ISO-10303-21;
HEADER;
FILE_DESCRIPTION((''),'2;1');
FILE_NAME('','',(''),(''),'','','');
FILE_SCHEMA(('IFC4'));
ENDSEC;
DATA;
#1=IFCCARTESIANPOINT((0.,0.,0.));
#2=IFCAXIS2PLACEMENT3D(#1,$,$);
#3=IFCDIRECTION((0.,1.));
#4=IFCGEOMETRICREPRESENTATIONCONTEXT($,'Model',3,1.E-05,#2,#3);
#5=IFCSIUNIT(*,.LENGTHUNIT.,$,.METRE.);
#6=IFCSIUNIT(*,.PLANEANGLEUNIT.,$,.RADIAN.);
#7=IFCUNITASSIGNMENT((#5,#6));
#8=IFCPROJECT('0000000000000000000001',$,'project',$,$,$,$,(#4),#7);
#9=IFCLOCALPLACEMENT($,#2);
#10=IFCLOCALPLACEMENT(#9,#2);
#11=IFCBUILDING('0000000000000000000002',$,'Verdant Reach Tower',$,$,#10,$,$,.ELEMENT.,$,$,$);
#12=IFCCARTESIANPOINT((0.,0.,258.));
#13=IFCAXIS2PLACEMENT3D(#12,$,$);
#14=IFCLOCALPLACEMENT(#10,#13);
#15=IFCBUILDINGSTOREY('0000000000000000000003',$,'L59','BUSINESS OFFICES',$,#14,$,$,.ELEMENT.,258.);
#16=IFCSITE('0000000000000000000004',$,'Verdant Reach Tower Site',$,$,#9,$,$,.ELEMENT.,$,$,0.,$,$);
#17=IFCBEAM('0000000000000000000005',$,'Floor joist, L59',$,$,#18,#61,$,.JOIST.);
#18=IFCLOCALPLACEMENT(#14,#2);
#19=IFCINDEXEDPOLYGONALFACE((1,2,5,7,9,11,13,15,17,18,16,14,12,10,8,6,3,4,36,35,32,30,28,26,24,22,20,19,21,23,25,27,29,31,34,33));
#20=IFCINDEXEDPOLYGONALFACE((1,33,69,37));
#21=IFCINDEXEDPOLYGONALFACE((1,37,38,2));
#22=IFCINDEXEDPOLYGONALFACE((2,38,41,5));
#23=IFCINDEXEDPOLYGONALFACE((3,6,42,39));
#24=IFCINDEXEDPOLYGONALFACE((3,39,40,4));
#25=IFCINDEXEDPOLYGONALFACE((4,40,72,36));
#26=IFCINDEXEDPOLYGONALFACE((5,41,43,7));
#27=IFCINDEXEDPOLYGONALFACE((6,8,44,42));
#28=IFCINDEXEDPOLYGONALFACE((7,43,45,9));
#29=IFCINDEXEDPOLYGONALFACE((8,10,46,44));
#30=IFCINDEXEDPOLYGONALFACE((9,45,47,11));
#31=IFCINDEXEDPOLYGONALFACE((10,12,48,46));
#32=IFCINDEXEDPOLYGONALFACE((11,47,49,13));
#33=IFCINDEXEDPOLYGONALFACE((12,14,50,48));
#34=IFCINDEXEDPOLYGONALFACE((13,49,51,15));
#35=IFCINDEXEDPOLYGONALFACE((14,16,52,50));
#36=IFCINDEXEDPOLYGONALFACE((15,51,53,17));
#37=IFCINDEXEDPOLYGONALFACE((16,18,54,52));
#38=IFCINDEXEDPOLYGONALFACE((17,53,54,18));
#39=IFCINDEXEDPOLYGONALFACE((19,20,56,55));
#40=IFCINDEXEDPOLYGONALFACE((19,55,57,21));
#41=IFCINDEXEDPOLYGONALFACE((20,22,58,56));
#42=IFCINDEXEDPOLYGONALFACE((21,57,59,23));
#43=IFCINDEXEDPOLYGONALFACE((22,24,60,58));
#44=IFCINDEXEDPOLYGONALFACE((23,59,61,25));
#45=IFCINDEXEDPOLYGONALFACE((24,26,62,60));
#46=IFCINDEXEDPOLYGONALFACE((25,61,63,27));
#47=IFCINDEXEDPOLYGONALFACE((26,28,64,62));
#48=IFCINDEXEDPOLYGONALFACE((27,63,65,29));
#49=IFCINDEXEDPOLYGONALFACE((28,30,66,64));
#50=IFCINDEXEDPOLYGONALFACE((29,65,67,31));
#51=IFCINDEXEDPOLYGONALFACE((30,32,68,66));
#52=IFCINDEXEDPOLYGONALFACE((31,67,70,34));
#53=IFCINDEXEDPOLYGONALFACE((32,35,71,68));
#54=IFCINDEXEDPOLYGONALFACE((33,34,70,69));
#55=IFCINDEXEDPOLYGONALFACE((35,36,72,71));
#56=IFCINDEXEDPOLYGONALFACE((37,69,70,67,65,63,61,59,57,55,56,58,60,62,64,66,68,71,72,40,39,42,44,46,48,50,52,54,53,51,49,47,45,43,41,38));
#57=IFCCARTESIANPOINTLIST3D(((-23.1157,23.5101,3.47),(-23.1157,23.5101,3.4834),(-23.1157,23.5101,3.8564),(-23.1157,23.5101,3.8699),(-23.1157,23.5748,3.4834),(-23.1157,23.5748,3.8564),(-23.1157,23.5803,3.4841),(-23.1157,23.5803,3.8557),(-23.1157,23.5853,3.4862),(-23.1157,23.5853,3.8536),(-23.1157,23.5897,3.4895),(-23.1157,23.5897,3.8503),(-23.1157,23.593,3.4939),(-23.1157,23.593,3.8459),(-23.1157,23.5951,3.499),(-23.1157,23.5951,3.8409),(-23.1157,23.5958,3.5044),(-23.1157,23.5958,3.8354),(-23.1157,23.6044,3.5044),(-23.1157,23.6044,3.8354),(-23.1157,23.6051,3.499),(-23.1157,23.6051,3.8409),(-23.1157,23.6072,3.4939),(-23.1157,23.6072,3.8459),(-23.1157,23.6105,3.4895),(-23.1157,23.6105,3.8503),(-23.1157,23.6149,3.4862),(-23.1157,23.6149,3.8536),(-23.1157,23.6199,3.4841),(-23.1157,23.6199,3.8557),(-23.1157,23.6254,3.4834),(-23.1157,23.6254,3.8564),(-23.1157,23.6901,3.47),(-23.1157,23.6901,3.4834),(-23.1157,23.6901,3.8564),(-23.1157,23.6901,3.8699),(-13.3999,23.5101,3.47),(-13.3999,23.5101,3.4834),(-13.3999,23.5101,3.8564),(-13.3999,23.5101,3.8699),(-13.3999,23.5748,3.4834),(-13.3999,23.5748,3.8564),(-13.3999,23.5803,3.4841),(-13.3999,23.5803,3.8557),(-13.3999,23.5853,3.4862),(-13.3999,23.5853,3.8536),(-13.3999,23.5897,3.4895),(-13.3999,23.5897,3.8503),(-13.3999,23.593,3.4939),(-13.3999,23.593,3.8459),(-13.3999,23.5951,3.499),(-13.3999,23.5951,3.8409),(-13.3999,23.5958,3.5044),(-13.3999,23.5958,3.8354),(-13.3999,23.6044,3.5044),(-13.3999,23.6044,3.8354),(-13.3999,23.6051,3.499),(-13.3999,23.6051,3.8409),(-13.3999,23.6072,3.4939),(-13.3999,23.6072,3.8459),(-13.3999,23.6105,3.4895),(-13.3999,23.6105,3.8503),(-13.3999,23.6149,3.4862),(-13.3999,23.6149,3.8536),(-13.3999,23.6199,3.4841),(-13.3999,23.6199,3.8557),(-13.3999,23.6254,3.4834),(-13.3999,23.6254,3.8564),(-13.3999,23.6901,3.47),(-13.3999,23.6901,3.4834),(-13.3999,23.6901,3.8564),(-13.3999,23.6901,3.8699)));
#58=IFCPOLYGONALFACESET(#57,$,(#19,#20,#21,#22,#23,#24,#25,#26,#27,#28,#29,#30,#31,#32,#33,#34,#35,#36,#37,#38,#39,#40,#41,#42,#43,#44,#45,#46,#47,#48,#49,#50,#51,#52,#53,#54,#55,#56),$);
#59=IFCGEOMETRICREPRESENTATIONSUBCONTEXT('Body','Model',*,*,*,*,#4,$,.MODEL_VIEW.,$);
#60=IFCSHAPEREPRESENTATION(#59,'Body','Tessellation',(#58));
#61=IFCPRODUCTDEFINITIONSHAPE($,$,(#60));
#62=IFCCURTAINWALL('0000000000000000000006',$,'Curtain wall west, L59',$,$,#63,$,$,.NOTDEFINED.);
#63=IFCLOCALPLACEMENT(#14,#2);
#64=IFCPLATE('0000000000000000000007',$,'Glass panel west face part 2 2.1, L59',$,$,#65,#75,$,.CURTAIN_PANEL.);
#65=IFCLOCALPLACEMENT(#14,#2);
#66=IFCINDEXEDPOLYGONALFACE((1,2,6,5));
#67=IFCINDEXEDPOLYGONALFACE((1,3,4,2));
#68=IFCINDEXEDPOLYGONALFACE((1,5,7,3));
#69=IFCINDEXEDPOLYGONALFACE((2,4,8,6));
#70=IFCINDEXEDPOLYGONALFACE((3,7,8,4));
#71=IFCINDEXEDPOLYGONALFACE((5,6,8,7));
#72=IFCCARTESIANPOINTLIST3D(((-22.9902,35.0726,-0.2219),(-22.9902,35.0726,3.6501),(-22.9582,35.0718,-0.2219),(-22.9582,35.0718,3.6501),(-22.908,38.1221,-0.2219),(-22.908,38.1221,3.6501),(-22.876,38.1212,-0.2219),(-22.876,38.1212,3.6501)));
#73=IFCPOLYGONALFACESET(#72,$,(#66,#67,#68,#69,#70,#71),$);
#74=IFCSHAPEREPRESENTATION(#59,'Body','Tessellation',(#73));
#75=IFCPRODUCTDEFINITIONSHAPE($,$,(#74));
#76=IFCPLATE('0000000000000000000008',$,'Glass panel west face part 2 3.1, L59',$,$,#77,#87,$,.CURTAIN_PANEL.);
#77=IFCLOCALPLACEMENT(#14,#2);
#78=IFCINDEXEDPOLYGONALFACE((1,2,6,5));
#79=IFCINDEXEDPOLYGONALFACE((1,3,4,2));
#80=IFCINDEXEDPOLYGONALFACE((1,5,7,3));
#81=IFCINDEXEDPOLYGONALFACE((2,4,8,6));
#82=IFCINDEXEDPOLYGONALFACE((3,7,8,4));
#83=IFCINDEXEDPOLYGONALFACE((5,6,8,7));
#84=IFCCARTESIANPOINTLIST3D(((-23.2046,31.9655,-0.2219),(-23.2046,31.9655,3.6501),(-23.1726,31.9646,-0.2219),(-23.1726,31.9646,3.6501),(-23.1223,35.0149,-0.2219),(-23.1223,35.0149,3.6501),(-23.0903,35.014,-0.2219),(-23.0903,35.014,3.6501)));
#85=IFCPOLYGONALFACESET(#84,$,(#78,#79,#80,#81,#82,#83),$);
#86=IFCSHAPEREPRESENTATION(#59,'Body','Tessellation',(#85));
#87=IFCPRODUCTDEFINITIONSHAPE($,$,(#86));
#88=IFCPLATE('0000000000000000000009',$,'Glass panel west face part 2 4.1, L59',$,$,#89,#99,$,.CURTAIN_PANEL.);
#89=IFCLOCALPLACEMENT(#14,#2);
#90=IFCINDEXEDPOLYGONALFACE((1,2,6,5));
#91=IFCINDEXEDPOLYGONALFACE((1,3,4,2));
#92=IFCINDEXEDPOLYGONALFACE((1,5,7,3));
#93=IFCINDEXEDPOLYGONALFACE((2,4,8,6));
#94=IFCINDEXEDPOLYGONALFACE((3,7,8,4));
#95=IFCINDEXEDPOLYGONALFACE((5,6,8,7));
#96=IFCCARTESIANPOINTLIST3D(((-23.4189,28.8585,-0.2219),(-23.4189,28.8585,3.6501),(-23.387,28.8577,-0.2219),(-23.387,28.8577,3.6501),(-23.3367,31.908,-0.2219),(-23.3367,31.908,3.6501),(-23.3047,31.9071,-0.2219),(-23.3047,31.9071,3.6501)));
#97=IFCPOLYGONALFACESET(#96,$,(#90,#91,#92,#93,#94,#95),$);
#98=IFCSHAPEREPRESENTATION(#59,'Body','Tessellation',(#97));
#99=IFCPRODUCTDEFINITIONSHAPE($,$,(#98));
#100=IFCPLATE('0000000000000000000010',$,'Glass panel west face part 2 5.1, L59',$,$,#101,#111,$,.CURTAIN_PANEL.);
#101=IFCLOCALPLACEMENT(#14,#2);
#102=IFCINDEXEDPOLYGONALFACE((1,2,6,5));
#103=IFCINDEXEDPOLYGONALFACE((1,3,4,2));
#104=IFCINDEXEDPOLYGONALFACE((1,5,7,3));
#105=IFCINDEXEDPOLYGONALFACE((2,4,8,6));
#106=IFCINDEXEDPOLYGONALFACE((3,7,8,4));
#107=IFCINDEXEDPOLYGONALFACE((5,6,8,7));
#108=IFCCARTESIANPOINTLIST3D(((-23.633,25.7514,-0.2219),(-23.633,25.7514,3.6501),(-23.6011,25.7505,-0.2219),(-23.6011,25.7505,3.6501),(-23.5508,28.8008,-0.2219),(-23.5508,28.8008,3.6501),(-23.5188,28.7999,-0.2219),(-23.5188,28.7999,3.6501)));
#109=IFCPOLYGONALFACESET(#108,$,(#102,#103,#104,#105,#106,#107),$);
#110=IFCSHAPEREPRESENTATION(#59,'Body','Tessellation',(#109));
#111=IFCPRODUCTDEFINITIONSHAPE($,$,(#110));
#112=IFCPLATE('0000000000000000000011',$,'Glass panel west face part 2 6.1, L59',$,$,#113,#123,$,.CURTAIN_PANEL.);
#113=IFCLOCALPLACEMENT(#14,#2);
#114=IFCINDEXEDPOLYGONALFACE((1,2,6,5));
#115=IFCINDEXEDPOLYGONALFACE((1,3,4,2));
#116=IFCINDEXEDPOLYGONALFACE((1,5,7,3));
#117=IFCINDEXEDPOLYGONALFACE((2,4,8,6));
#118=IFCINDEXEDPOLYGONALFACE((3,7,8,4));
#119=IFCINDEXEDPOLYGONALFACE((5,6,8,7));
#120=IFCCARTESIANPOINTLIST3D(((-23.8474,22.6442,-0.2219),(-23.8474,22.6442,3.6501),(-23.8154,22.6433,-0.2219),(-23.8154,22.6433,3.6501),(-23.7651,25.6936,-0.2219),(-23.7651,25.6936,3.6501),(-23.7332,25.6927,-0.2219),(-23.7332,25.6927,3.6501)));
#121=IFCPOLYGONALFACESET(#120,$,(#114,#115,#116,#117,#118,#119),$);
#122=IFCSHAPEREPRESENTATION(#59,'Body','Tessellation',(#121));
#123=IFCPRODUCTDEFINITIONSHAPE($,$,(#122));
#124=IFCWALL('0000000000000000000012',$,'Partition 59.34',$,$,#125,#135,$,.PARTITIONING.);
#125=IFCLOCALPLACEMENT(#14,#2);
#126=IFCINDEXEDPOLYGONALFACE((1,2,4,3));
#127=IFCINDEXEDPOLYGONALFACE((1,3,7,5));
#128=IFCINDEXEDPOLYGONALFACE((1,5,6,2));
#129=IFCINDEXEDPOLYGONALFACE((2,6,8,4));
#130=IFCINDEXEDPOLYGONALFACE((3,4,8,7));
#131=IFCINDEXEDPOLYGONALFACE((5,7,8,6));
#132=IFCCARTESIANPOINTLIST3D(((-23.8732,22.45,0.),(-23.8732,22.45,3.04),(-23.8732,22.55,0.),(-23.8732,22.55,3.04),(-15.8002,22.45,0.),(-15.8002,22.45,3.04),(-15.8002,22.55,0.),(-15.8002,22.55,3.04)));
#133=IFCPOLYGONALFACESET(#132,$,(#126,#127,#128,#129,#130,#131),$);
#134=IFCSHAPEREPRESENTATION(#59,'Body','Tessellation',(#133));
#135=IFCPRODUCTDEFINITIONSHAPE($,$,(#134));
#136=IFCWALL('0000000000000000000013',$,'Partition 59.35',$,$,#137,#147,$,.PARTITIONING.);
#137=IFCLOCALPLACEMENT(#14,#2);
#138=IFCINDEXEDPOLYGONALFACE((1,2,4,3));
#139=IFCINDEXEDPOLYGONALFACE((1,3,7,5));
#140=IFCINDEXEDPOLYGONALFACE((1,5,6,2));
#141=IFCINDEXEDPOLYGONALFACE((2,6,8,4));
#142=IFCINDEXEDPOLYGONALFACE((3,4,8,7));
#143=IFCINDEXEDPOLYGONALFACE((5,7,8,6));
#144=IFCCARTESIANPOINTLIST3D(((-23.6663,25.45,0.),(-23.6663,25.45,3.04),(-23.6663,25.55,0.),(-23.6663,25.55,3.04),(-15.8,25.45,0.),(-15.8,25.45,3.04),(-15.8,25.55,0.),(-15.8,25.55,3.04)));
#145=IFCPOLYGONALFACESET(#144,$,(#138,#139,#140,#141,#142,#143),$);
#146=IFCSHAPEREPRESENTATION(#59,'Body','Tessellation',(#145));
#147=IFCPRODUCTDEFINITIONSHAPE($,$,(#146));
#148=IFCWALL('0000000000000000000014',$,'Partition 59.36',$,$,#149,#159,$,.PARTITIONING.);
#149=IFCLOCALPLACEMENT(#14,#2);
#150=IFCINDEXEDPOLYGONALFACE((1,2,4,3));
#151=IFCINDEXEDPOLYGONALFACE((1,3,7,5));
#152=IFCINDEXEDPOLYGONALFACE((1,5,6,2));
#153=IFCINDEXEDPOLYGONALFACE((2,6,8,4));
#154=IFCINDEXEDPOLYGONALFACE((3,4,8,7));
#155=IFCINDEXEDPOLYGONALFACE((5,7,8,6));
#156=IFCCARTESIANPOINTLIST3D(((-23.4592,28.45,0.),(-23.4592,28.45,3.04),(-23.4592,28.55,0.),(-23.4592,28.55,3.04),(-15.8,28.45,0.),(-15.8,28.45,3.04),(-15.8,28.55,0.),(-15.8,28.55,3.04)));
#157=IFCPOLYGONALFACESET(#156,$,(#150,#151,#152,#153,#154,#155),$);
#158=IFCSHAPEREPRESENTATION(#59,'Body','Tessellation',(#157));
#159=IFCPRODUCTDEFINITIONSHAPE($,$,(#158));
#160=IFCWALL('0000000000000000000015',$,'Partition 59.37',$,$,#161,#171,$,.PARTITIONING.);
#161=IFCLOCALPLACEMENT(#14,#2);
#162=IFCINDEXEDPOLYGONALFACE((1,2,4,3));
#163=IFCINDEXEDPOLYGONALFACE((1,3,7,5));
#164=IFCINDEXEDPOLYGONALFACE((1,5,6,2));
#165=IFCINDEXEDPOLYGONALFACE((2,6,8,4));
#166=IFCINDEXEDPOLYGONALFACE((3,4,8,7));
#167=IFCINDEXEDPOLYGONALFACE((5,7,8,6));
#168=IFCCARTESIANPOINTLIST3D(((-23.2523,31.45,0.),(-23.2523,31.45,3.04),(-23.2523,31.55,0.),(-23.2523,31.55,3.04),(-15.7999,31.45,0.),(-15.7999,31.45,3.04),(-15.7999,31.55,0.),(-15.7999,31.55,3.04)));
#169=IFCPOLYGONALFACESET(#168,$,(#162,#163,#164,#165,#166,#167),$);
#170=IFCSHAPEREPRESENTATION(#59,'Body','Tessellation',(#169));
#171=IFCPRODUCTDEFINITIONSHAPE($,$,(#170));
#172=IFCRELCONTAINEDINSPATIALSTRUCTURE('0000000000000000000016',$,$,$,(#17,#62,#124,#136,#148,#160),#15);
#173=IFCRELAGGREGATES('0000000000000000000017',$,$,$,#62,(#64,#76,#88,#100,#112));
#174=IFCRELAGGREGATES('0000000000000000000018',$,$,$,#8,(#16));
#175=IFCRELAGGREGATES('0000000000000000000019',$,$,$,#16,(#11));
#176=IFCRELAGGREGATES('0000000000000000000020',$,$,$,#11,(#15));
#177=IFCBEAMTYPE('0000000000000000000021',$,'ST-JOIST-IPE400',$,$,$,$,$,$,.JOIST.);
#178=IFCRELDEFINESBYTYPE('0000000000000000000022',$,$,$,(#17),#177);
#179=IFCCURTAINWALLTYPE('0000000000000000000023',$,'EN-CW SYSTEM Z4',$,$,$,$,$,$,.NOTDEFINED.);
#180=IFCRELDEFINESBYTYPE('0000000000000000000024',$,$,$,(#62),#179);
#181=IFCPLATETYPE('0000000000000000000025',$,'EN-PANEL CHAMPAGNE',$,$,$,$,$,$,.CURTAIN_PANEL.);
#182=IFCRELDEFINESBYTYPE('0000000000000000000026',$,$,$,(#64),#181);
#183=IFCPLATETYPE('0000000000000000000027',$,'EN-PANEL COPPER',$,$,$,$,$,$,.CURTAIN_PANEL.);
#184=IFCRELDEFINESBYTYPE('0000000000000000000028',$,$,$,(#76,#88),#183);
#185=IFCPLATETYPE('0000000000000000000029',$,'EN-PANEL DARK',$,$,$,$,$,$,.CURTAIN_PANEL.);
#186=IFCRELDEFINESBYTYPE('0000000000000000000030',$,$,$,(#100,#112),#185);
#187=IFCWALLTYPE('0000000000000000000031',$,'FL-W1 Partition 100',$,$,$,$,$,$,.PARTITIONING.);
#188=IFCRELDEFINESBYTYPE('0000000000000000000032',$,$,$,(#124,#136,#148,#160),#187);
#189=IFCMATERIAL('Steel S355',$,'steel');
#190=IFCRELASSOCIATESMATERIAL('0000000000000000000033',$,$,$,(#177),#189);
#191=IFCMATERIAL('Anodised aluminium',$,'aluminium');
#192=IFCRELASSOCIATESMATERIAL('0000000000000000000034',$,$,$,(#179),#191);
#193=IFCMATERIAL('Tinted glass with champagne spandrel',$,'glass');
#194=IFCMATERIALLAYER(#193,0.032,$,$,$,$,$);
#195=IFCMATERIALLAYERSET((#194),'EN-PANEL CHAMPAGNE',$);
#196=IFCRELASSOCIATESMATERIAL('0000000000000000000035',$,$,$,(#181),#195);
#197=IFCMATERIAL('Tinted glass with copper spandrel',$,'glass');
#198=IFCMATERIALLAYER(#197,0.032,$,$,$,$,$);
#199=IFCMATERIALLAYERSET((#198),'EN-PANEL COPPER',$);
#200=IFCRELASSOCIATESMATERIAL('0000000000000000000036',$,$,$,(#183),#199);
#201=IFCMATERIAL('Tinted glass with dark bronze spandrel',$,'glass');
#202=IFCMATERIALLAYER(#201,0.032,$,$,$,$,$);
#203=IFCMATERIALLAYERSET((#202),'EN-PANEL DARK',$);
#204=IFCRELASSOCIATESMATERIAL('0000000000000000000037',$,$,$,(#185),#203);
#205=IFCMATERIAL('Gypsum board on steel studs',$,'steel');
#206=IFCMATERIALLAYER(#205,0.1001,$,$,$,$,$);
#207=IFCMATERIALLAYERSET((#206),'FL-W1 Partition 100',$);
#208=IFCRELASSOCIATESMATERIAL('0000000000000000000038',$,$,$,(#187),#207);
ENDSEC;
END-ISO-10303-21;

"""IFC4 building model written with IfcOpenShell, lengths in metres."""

from ifc_helpers import new_model, si_unit, direction, frame, frame_2d, origin, origin_2d, place, context, subcontext, project, spatial, rectangle, i_section, extrude, material, layer, layer_set, material_profile, profile_set, type_object, element, aggregate, save


model = new_model("IFC4")

# Units and contexts
model_context = context("Model", 3, precision=1e-05, world=origin(), true_north=direction((0.0, 1.0)))
body_context = subcontext(model_context, "Body", "Model", "MODEL_VIEW")
ifc_project = project(units=[si_unit("LENGTHUNIT", "METRE"), si_unit("PLANEANGLEUNIT", "RADIAN")], contexts=[model_context])

# Site, building, storey
site_placement = place(None, origin())
site = spatial("IfcSite", under=ifc_project, at=site_placement, Name="Verdant Reach Tower Site", CompositionType="ELEMENT", RefElevation=0.0)
building_placement = place(site_placement, origin())
building = spatial("IfcBuilding", under=site, at=building_placement, Name="Verdant Reach Tower", CompositionType="ELEMENT")
storey_placement = place(building_placement, frame((0.0, 0.0, 258.0)))
storey = spatial("IfcBuildingStorey", under=building, at=storey_placement, Name="L59", Description="BUSINESS OFFICES", CompositionType="ELEMENT", Elevation=258.0)

# Beam
ifc_material_1 = material(Name="Steel S355", Category="steel")
ifc_material_profile_1 = material_profile(ifc_material_1, i_section(OverallWidth=0.1799, OverallDepth=0.3999, WebThickness=0.0085, FlangeThickness=0.0134, FilletRadius=0.021, at=origin_2d()), Name="IPE 400")
ifc_profile_set_1 = profile_set([ifc_material_profile_1], Name="Steel S355")
beam_type_1 = type_object("IfcBeamType", Name="ST-JOIST-IPE400", PredefinedType="JOIST", material=ifc_profile_set_1)
beam_1_placement = place(storey_placement, frame((-13.3999, 23.6001, 3.6699), z_axis=(-1.0, 0.0, 0.0), x_axis=(0.0, -1.0, 0.0)))
element("IfcBeam", 1, at=beam_1_placement, inside=storey, type_object=beam_type_1, Name="Floor joist, L59", PredefinedType="JOIST", context=body_context, shape_type="SweptSolid", body=[
    extrude(i_section(OverallWidth=0.1799, OverallDepth=0.3999, WebThickness=0.0085, FlangeThickness=0.0134, FilletRadius=0.021, at=origin_2d()), origin(), (0.0, 0.0, 1.0), 9.7158),
])

# Curtain wall, plates
ifc_material_2 = material(Name="Anodised aluminium", Category="aluminium")
curtain_wall_type = type_object("IfcCurtainWallType", Name="EN-CW SYSTEM Z4", PredefinedType="NOTDEFINED", material=ifc_material_2)
curtain_wall_placement = place(storey_placement, origin())
curtain_wall = element("IfcCurtainWall", 2, at=curtain_wall_placement, inside=storey, type_object=curtain_wall_type, Name="Curtain wall west, L59", PredefinedType="NOTDEFINED")
ifc_material_3 = material(Name="Tinted glass with champagne spandrel", Category="glass")
ifc_layer_1 = layer(ifc_material_3, 0.032)
ifc_layer_set_1 = layer_set([ifc_layer_1], Name="EN-PANEL CHAMPAGNE")
plate_type_1 = type_object("IfcPlateType", Name="EN-PANEL CHAMPAGNE", PredefinedType="CURTAIN_PANEL", material=ifc_layer_set_1)
plate_1_placement = place(storey_placement, frame((-22.9331, 36.5969, -0.2219), z_axis=(0.0, 0.0, 1.0), x_axis=(-0.026965, -0.999636, 0.0)))
plate_1 = element("IfcPlate", 3, at=plate_1_placement, type_object=plate_type_1, Name="Glass panel west face part 2 2.1, L59", PredefinedType="CURTAIN_PANEL", context=body_context, shape_type="SweptSolid", body=[
    extrude(rectangle(XDim=3.0505, YDim=0.032, at=origin_2d()), origin(), (0.0, 0.0, 1.0), 3.8721),
])
ifc_material_4 = material(Name="Tinted glass with copper spandrel", Category="glass")
ifc_layer_2 = layer(ifc_material_4, 0.032)
ifc_layer_set_2 = layer_set([ifc_layer_2], Name="EN-PANEL COPPER")
plate_type_2 = type_object("IfcPlateType", Name="EN-PANEL COPPER", PredefinedType="CURTAIN_PANEL", material=ifc_layer_set_2)
plate_2_placement = place(storey_placement, frame((-23.1475, 33.4897, -0.2219), z_axis=(0.0, 0.0, 1.0), x_axis=(-0.026965, -0.999636, 0.0)))
plate_2 = element("IfcPlate", 4, at=plate_2_placement, type_object=plate_type_2, Name="Glass panel west face part 2 3.1, L59", PredefinedType="CURTAIN_PANEL", context=body_context, shape_type="SweptSolid", body=[
    extrude(rectangle(XDim=3.0505, YDim=0.032, at=origin_2d()), origin(), (0.0, 0.0, 1.0), 3.8721),
])
plate_3_placement = place(storey_placement, frame((-23.3618, 30.3828, -0.2219), z_axis=(0.0, 0.0, 1.0), x_axis=(-0.026965, -0.999636, 0.0)))
plate_3 = element("IfcPlate", 5, at=plate_3_placement, type_object=plate_type_2, Name="Glass panel west face part 2 4.1, L59", PredefinedType="CURTAIN_PANEL", context=body_context, shape_type="SweptSolid", body=[
    extrude(rectangle(XDim=3.0505, YDim=0.032, at=origin_2d()), origin(), (0.0, 0.0, 1.0), 3.8721),
])
ifc_material_5 = material(Name="Tinted glass with dark bronze spandrel", Category="glass")
ifc_layer_3 = layer(ifc_material_5, 0.032)
ifc_layer_set_3 = layer_set([ifc_layer_3], Name="EN-PANEL DARK")
plate_type_3 = type_object("IfcPlateType", Name="EN-PANEL DARK", PredefinedType="CURTAIN_PANEL", material=ifc_layer_set_3)
plate_4_placement = place(storey_placement, frame((-23.5759, 27.2756, -0.2219), z_axis=(0.0, 0.0, 1.0), x_axis=(-0.026965, -0.999636, 0.0)))
plate_4 = element("IfcPlate", 6, at=plate_4_placement, type_object=plate_type_3, Name="Glass panel west face part 2 5.1, L59", PredefinedType="CURTAIN_PANEL", context=body_context, shape_type="SweptSolid", body=[
    extrude(rectangle(XDim=3.0505, YDim=0.032, at=origin_2d()), origin(), (0.0, 0.0, 1.0), 3.8721),
])
plate_5_placement = place(storey_placement, frame((-23.7903, 24.1685, -0.2219), z_axis=(0.0, 0.0, 1.0), x_axis=(-0.026965, -0.999636, 0.0)))
plate_5 = element("IfcPlate", 7, at=plate_5_placement, type_object=plate_type_3, Name="Glass panel west face part 2 6.1, L59", PredefinedType="CURTAIN_PANEL", context=body_context, shape_type="SweptSolid", body=[
    extrude(rectangle(XDim=3.0505, YDim=0.032, at=origin_2d()), origin(), (0.0, 0.0, 1.0), 3.8721),
])
aggregate(curtain_wall, [plate_1, plate_2, plate_3, plate_4, plate_5])

# Walls
ifc_material_6 = material(Name="Gypsum board on steel studs", Category="steel")
ifc_layer_4 = layer(ifc_material_6, 0.1001)
ifc_layer_set_4 = layer_set([ifc_layer_4], Name="FL-W1 Partition 100")
wall_type_1 = type_object("IfcWallType", Name="FL-W1 Partition 100", PredefinedType="PARTITIONING", material=ifc_layer_set_4)
wall_1_placement = place(storey_placement, frame((-15.8, 22.5, 0.0), z_axis=(0.0, 0.0, 1.0), x_axis=(-1.0, 0.0, 0.0)))
element("IfcWall", 8, at=wall_1_placement, inside=storey, type_object=wall_type_1, Name="Partition 59.34", PredefinedType="PARTITIONING", context=body_context, shape_type="SweptSolid", body=[
    extrude(rectangle(XDim=8.073, YDim=0.1001, at=frame_2d((4.0366, 0.0))), origin(), (0.0, 0.0, 1.0), 3.04),
])
wall_2_placement = place(storey_placement, frame((-15.8, 25.5, 0.0), z_axis=(0.0, 0.0, 1.0), x_axis=(-1.0, 0.0, 0.0)))
element("IfcWall", 9, at=wall_2_placement, inside=storey, type_object=wall_type_1, Name="Partition 59.35", PredefinedType="PARTITIONING", context=body_context, shape_type="SweptSolid", body=[
    extrude(rectangle(XDim=7.8662, YDim=0.1001, at=frame_2d((3.9331, 0.0))), origin(), (0.0, 0.0, 1.0), 3.04),
])
wall_3_placement = place(storey_placement, frame((-15.8, 28.5, 0.0), z_axis=(0.0, 0.0, 1.0), x_axis=(-1.0, 0.0, 0.0)))
element("IfcWall", 10, at=wall_3_placement, inside=storey, type_object=wall_type_1, Name="Partition 59.36", PredefinedType="PARTITIONING", context=body_context, shape_type="SweptSolid", body=[
    extrude(rectangle(XDim=7.6592, YDim=0.1001, at=frame_2d((3.8296, 0.0))), origin(), (0.0, 0.0, 1.0), 3.04),
])
wall_4_placement = place(storey_placement, frame((-15.8, 31.5, 0.0), z_axis=(0.0, 0.0, 1.0), x_axis=(-1.0, 0.0, 0.0)))
element("IfcWall", 11, at=wall_4_placement, inside=storey, type_object=wall_type_1, Name="Partition 59.37", PredefinedType="PARTITIONING", context=body_context, shape_type="SweptSolid", body=[
    extrude(rectangle(XDim=7.4524, YDim=0.1001, at=frame_2d((3.7261, 0.0))), origin(), (0.0, 0.0, 1.0), 3.04),
])

save(model, "model.ifc")
